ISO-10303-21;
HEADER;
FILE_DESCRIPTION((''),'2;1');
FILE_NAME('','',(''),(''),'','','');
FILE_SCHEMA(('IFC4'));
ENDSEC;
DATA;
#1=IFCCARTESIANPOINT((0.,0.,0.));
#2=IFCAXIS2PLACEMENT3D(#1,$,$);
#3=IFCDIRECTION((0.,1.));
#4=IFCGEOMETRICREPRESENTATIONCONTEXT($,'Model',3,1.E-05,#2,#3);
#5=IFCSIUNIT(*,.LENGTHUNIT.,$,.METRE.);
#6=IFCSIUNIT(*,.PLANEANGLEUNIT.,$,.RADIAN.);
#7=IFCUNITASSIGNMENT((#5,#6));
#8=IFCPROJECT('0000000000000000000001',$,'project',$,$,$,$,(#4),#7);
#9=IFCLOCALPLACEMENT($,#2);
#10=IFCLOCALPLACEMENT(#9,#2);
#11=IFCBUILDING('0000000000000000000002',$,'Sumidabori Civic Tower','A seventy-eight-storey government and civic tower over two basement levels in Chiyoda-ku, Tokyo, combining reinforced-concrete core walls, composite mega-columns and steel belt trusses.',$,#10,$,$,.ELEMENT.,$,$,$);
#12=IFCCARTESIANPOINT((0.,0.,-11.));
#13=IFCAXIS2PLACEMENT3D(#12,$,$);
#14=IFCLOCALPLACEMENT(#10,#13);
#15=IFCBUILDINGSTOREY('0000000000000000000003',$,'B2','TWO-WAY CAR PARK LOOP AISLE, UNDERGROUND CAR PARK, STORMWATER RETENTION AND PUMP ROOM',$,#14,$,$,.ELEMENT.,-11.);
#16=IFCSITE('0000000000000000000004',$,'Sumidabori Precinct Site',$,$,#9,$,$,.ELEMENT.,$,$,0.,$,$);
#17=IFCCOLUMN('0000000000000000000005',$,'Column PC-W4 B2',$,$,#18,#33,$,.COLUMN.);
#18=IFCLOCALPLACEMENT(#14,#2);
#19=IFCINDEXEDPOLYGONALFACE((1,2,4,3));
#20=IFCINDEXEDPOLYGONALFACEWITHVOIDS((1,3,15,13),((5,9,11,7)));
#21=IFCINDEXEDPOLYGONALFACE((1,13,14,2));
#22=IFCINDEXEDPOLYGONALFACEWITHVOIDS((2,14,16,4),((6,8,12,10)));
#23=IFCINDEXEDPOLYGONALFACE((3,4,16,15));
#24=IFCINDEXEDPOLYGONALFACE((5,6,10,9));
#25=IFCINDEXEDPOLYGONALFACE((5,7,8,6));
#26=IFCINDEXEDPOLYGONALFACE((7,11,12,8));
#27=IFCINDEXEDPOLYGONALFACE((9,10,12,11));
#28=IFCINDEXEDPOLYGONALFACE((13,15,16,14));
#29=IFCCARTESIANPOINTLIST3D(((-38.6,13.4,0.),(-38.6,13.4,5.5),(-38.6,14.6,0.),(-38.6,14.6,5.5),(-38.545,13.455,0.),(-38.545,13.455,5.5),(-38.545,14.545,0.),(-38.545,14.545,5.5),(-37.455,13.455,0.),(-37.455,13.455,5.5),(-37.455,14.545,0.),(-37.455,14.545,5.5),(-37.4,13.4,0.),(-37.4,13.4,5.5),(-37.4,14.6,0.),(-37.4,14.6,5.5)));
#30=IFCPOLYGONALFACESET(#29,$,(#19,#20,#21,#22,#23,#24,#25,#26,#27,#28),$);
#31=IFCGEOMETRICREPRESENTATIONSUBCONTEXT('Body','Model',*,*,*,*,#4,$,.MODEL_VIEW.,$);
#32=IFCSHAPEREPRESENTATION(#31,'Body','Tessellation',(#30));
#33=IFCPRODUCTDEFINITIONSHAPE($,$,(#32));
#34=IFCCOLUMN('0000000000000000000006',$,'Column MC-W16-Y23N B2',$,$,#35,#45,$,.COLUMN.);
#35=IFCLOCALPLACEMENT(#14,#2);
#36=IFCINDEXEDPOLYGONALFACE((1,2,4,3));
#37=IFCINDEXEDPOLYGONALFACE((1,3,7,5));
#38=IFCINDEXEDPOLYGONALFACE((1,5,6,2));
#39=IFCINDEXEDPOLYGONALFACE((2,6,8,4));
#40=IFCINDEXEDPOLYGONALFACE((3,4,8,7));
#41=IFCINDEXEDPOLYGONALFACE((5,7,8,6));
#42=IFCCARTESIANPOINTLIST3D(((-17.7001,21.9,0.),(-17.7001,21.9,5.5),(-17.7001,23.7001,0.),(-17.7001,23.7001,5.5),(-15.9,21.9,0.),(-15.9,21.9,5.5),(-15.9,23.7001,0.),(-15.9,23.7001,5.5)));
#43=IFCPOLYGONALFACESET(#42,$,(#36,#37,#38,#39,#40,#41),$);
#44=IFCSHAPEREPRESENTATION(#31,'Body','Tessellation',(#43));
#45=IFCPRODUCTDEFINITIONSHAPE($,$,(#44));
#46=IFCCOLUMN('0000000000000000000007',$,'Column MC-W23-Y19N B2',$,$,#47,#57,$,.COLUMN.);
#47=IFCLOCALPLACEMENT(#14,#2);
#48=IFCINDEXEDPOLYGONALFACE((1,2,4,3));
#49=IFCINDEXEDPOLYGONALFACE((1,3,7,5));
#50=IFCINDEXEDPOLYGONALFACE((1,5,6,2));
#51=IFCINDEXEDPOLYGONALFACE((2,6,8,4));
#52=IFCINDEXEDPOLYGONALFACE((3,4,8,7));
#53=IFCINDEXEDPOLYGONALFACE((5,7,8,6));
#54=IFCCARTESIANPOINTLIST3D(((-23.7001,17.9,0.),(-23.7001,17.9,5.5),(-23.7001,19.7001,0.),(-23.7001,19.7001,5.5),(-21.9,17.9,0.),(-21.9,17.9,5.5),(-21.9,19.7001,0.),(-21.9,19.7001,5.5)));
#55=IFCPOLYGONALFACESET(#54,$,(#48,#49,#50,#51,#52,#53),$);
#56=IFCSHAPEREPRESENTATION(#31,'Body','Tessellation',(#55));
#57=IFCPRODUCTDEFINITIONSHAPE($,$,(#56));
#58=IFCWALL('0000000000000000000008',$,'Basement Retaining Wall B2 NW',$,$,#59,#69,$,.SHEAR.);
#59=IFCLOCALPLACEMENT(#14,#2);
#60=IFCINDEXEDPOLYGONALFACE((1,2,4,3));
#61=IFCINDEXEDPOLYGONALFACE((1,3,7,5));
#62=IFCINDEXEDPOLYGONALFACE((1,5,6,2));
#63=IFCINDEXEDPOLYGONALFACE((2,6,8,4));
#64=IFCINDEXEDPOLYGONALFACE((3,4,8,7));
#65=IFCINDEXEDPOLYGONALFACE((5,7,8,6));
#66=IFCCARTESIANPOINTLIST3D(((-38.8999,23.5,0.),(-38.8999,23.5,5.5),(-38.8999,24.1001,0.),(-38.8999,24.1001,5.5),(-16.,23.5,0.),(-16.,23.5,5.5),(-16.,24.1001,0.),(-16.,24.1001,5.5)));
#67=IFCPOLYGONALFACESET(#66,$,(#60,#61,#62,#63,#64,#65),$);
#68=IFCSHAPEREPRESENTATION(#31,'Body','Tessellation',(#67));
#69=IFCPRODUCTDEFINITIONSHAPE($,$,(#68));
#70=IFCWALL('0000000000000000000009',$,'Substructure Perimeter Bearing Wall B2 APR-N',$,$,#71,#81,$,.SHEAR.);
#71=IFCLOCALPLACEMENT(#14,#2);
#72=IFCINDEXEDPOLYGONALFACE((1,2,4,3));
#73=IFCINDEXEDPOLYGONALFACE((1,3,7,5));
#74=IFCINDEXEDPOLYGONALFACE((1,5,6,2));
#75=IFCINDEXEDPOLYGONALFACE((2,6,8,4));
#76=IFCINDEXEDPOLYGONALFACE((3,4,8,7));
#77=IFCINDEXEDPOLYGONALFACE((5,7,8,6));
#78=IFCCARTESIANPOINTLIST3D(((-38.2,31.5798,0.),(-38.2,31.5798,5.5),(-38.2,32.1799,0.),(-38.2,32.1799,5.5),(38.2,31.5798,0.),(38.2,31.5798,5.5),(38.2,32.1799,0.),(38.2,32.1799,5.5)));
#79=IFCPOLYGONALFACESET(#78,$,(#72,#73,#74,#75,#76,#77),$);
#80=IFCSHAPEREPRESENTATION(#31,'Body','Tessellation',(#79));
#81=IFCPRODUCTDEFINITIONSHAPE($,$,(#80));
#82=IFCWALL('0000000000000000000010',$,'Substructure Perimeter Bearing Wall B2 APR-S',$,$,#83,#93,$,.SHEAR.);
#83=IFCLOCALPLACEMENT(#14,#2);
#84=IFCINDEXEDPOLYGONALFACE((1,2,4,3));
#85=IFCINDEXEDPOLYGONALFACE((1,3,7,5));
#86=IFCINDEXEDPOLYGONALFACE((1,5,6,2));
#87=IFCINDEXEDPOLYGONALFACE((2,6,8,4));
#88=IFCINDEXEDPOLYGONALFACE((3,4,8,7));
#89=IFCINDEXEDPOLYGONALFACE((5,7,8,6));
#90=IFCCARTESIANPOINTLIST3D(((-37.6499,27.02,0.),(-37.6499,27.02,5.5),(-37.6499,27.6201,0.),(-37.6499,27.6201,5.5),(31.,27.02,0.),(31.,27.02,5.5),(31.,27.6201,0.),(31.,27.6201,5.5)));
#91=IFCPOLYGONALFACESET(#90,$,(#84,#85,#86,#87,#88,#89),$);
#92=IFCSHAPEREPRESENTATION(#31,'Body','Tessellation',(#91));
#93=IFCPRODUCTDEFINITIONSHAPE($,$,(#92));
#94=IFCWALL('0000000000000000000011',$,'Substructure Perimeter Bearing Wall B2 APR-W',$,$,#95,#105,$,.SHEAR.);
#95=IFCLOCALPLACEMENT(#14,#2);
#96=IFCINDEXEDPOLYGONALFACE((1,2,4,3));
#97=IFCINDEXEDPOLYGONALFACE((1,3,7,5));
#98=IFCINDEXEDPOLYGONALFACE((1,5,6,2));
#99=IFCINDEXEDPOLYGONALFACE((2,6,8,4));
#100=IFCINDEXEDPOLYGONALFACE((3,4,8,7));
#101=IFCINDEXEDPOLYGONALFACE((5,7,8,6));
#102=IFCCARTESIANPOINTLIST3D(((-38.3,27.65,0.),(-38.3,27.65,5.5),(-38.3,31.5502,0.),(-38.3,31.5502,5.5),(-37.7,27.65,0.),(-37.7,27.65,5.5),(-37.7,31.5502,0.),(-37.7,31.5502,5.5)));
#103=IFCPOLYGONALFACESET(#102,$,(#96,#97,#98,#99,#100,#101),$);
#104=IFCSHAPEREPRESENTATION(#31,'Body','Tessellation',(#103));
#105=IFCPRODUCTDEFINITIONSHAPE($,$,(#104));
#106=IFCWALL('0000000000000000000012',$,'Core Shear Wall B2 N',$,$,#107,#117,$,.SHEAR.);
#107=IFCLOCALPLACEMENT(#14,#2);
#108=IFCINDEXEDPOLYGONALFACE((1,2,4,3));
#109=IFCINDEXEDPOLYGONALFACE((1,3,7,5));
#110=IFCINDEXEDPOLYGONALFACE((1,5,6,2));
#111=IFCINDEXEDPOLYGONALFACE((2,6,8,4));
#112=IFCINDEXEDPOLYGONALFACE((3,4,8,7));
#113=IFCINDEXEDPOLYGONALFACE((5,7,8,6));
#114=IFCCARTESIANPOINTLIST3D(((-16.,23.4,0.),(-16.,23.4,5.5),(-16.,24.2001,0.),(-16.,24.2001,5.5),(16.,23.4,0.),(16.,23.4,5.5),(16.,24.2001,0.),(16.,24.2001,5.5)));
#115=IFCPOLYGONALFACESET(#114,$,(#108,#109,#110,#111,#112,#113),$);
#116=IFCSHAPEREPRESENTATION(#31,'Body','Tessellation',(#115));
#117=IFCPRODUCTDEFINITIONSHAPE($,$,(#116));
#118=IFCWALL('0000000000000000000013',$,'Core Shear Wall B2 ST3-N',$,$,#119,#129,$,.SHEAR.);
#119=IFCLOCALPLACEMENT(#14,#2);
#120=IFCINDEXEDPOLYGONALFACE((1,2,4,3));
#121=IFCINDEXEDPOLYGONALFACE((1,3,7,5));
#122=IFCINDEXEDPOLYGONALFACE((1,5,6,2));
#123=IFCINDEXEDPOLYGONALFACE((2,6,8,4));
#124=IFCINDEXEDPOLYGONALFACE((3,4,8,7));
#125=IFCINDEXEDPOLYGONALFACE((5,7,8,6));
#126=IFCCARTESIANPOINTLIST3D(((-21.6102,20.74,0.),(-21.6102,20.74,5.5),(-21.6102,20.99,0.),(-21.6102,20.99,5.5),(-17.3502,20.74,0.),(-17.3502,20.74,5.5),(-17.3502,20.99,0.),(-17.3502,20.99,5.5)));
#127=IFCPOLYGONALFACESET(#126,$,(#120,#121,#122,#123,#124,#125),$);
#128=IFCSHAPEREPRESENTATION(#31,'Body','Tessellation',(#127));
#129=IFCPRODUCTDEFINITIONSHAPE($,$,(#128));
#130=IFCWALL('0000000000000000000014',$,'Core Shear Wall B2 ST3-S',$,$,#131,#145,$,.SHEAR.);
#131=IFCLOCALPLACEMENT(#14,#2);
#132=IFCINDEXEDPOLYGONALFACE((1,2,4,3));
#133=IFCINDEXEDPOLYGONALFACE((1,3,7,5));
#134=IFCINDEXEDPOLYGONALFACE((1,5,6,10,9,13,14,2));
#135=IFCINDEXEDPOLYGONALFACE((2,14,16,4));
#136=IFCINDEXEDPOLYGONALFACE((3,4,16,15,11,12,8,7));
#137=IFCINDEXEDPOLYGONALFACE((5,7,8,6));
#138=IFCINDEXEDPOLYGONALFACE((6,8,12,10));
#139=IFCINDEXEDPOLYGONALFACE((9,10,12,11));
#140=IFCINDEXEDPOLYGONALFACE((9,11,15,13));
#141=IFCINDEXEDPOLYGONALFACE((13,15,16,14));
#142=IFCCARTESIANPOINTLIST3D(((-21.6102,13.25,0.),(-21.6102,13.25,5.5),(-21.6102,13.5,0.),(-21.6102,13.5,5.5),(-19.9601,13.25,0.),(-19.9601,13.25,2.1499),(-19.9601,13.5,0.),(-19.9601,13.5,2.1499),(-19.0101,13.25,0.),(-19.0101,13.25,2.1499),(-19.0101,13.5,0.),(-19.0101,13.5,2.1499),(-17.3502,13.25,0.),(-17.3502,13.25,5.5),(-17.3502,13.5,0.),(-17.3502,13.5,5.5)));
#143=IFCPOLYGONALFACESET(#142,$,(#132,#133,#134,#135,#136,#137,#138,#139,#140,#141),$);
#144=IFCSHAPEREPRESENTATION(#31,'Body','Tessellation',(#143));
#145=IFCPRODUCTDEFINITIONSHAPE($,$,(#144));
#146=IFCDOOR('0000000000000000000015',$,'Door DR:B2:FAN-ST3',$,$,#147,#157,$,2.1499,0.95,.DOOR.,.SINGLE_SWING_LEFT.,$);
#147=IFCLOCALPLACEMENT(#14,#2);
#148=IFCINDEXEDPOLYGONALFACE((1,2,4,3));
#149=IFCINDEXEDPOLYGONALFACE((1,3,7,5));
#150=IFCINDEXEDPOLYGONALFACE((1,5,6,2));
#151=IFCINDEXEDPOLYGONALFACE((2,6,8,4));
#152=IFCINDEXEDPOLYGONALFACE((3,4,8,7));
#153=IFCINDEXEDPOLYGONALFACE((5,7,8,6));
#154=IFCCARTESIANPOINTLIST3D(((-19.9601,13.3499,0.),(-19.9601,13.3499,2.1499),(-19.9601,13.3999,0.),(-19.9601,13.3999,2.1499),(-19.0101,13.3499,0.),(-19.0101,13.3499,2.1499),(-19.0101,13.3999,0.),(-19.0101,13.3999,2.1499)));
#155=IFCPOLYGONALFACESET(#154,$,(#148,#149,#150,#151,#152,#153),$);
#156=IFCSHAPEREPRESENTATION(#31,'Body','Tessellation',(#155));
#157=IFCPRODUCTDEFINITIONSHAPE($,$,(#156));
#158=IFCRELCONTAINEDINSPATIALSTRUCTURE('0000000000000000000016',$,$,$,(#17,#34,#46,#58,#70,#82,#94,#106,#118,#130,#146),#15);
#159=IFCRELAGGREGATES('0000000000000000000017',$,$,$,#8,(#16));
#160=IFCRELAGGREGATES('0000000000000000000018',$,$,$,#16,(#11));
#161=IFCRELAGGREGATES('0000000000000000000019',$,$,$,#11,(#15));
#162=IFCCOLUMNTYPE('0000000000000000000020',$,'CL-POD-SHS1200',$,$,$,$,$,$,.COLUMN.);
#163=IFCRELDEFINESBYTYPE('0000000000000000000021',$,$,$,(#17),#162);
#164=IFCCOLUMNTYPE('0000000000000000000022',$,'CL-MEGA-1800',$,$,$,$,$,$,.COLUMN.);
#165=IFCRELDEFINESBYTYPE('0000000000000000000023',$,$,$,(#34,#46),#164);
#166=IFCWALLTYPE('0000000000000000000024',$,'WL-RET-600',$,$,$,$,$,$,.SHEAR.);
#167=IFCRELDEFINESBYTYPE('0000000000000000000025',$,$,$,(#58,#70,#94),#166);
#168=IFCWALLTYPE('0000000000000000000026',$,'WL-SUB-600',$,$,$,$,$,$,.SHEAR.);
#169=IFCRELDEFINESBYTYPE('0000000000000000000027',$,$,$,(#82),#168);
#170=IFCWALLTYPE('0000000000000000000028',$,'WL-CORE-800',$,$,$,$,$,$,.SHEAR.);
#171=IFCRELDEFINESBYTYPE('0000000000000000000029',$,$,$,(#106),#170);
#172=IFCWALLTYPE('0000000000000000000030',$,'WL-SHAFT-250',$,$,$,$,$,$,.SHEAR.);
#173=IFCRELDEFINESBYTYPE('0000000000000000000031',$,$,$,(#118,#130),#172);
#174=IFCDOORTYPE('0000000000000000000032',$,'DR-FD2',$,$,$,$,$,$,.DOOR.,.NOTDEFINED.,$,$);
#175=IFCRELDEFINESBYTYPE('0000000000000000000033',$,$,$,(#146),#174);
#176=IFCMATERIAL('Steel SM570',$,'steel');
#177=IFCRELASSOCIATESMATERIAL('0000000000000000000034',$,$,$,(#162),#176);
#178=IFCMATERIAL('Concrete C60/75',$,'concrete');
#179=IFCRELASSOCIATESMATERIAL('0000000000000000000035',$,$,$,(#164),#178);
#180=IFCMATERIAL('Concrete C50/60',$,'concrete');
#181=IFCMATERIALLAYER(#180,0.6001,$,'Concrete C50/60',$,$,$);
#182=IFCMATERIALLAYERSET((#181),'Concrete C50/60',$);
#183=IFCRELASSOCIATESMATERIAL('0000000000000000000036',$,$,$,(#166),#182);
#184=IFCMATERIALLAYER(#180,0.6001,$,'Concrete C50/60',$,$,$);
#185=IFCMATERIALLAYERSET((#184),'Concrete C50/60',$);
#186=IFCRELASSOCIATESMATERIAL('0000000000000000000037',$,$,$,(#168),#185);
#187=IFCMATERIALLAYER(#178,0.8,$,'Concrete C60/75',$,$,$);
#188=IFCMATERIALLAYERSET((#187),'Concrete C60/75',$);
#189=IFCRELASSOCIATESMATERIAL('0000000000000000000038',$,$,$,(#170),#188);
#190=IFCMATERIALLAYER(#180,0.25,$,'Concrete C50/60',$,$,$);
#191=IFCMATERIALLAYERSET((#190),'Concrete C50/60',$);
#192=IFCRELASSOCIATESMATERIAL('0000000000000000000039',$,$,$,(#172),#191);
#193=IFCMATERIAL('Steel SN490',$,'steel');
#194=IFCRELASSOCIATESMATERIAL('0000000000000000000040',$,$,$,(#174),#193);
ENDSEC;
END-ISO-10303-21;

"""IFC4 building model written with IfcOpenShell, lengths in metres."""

from ifc_helpers import new_model, si_unit, direction, frame, frame_2d, origin, origin_2d, place, context, subcontext, project, spatial, rectangle, hollow_rectangle, extrude, source, transform, mapped, material, layer, layer_set, material_profile, profile_set, type_object, element, fill, save


model = new_model("IFC4")

# Units and contexts
model_context = context("Model", 3, precision=1e-05, world=origin(), true_north=direction((0.0, 1.0)))
body_context = subcontext(model_context, "Body", "Model", "MODEL_VIEW")
ifc_project = project(units=[si_unit("LENGTHUNIT", "METRE"), si_unit("PLANEANGLEUNIT", "RADIAN")], contexts=[model_context])

# Site, building, storey
site_placement = place(None, origin())
site = spatial("IfcSite", under=ifc_project, at=site_placement, Name="Sumidabori Precinct Site", CompositionType="ELEMENT", RefElevation=0.0)
building_placement = place(site_placement, origin())
building = spatial("IfcBuilding", under=site, at=building_placement, Name="Sumidabori Civic Tower", Description="A seventy-eight-storey government and civic tower over two basement levels in Chiyoda-ku, Tokyo, combining reinforced-concrete core walls, composite mega-columns and steel belt trusses.", CompositionType="ELEMENT")
storey_placement = place(building_placement, frame((0.0, 0.0, -11.0)))
storey = spatial("IfcBuildingStorey", under=building, at=storey_placement, Name="B2", Description="TWO-WAY CAR PARK LOOP AISLE, UNDERGROUND CAR PARK, STORMWATER RETENTION AND PUMP ROOM", CompositionType="ELEMENT", Elevation=-11.0)

# Shared definitions
ifc_material_1 = material(Name="Concrete C50/60", Category="concrete")

# Columns
ifc_material_2 = material(Name="Steel SM570", Category="steel")
ifc_material_profile_1 = material_profile(ifc_material_2, hollow_rectangle(XDim=1.2, YDim=1.2, WallThickness=0.0549, at=origin_2d()), Name="SHS 1200x1200x55")
ifc_profile_set_1 = profile_set([ifc_material_profile_1], Name="Steel SM570")
column_type_1 = type_object("IfcColumnType", Name="CL-POD-SHS1200", PredefinedType="COLUMN", material=ifc_profile_set_1)
shared_shape_1 = source(origin(), body_context, "Body", "SweptSolid", [
    extrude(hollow_rectangle(XDim=1.2, YDim=1.2, WallThickness=0.0549, at=origin_2d()), origin(), (0.0, 0.0, 1.0), 5.5),
])
column_placement = place(storey_placement, frame((-38.0, 14.0, 0.0), z_axis=(0.0, 0.0, 1.0), x_axis=(1.0, 0.0, 0.0)))
element("IfcColumn", 1, at=column_placement, inside=storey, type_object=column_type_1, Name="Column PC-W4 B2", PredefinedType="COLUMN", context=body_context, shape_type="MappedRepresentation", body=[
    mapped(shared_shape_1, transform((0.0, 0.0, 0.0), x_axis=(1.0, 0.0, 0.0), y_axis=(0.0, 1.0, 0.0), z_axis=(0.0, 0.0, 1.0), scale=1.0)),
])
ifc_material_3 = material(Name="Concrete C60/75", Category="concrete")
ifc_material_profile_2 = material_profile(ifc_material_3, rectangle(XDim=1.8, YDim=1.8, at=origin_2d()), Name="RC 1800x1800")
ifc_profile_set_2 = profile_set([ifc_material_profile_2], Name="Concrete C60/75")
column_type_2 = type_object("IfcColumnType", Name="CL-MEGA-1800", PredefinedType="COLUMN", material=ifc_profile_set_2)
shared_shape_2 = source(origin(), body_context, "Body", "SweptSolid", [
    extrude(rectangle(XDim=1.8, YDim=1.8, at=origin_2d()), origin(), (0.0, 0.0, 1.0), 5.5),
])
for number, where, z_axis, x_axis, name in (
    (2, (-16.8, 22.8, 0.0), (0.0, 0.0, 1.0), (1.0, 0.0, 0.0), "Column MC-W16-Y23N B2"),
    (3, (-22.8, 18.8, 0.0), (0.0, 0.0, 1.0), (1.0, 0.0, 0.0), "Column MC-W23-Y19N B2"),
):
    element("IfcColumn", number, at=place(storey_placement, frame(where, z_axis=z_axis, x_axis=x_axis)), inside=storey, type_object=column_type_2, Name=name, PredefinedType="COLUMN", context=body_context, shape_type="MappedRepresentation", body=[
        mapped(shared_shape_2, transform((0.0, 0.0, 0.0), x_axis=(1.0, 0.0, 0.0), y_axis=(0.0, 1.0, 0.0), z_axis=(0.0, 0.0, 1.0), scale=1.0)),
    ])

# Walls
ifc_layer_1 = layer(ifc_material_1, 0.6001, Name="Concrete C50/60")
ifc_layer_set_1 = layer_set([ifc_layer_1], Name="Concrete C50/60")
wall_type_1 = type_object("IfcWallType", Name="WL-RET-600", PredefinedType="SHEAR", material=ifc_layer_set_1)
shared_shape_3 = source(origin(), body_context, "Body", "SweptSolid", [
    extrude(rectangle(XDim=22.8999, YDim=0.6001, at=frame_2d((11.45, 0.0))), origin(), (0.0, 0.0, 1.0), 5.5),
])
wall_1_placement = place(storey_placement, frame((-38.8999, 23.8, 0.0), z_axis=(0.0, 0.0, 1.0), x_axis=(1.0, 0.0, 0.0)))
element("IfcWall", 4, at=wall_1_placement, inside=storey, type_object=wall_type_1, Name="Basement Retaining Wall B2 NW", PredefinedType="SHEAR", context=body_context, shape_type="MappedRepresentation", body=[
    mapped(shared_shape_3, transform((0.0, 0.0, 0.0), x_axis=(1.0, 0.0, 0.0), y_axis=(0.0, 1.0, 0.0), z_axis=(0.0, 0.0, 1.0), scale=1.0)),
])
shared_shape_4 = source(origin(), body_context, "Body", "SweptSolid", [
    extrude(rectangle(XDim=76.3999, YDim=0.6001, at=frame_2d((38.2, 0.0))), origin(), (0.0, 0.0, 1.0), 5.5),
])
wall_2_placement = place(storey_placement, frame((-38.2, 31.8799, 0.0), z_axis=(0.0, 0.0, 1.0), x_axis=(1.0, 0.0, 0.0)))
element("IfcWall", 5, at=wall_2_placement, inside=storey, type_object=wall_type_1, Name="Substructure Perimeter Bearing Wall B2 APR-N", PredefinedType="SHEAR", context=body_context, shape_type="MappedRepresentation", body=[
    mapped(shared_shape_4, transform((0.0, 0.0, 0.0), x_axis=(1.0, 0.0, 0.0), y_axis=(0.0, 1.0, 0.0), z_axis=(0.0, 0.0, 1.0), scale=1.0)),
])
ifc_layer_2 = layer(ifc_material_1, 0.6001, Name="Concrete C50/60")
ifc_layer_set_2 = layer_set([ifc_layer_2], Name="Concrete C50/60")
wall_type_2 = type_object("IfcWallType", Name="WL-SUB-600", PredefinedType="SHEAR", material=ifc_layer_set_2)
shared_shape_5 = source(origin(), body_context, "Body", "SweptSolid", [
    extrude(rectangle(XDim=68.6499, YDim=0.6001, at=frame_2d((34.325, 0.0))), origin(), (0.0, 0.0, 1.0), 5.5),
])
wall_3_placement = place(storey_placement, frame((-37.6499, 27.3201, 0.0), z_axis=(0.0, 0.0, 1.0), x_axis=(1.0, 0.0, 0.0)))
element("IfcWall", 6, at=wall_3_placement, inside=storey, type_object=wall_type_2, Name="Substructure Perimeter Bearing Wall B2 APR-S", PredefinedType="SHEAR", context=body_context, shape_type="MappedRepresentation", body=[
    mapped(shared_shape_5, transform((0.0, 0.0, 0.0), x_axis=(1.0, 0.0, 0.0), y_axis=(0.0, 1.0, 0.0), z_axis=(0.0, 0.0, 1.0), scale=1.0)),
])
shared_shape_6 = source(origin(), body_context, "Body", "SweptSolid", [
    extrude(rectangle(XDim=3.9001, YDim=0.6001, at=frame_2d((1.9502, 0.0))), origin(), (0.0, 0.0, 1.0), 5.5),
])
wall_4_placement = place(storey_placement, frame((-38.0, 27.6499, 0.0), z_axis=(0.0, 0.0, 1.0), x_axis=(0.0, 1.0, 0.0)))
element("IfcWall", 7, at=wall_4_placement, inside=storey, type_object=wall_type_1, Name="Substructure Perimeter Bearing Wall B2 APR-W", PredefinedType="SHEAR", context=body_context, shape_type="MappedRepresentation", body=[
    mapped(shared_shape_6, transform((0.0, 0.0, 0.0), x_axis=(1.0, 0.0, 0.0), y_axis=(0.0, 1.0, 0.0), z_axis=(0.0, 0.0, 1.0), scale=1.0)),
])
ifc_layer_3 = layer(ifc_material_3, 0.8, Name="Concrete C60/75")
ifc_layer_set_3 = layer_set([ifc_layer_3], Name="Concrete C60/75")
wall_type_3 = type_object("IfcWallType", Name="WL-CORE-800", PredefinedType="SHEAR", material=ifc_layer_set_3)
shared_shape_7 = source(origin(), body_context, "Body", "SweptSolid", [
    extrude(rectangle(XDim=32.0, YDim=0.8, at=frame_2d((16.0, 0.0))), origin(), (0.0, 0.0, 1.0), 5.5),
])
wall_5_placement = place(storey_placement, frame((-16.0, 23.8, 0.0), z_axis=(0.0, 0.0, 1.0), x_axis=(1.0, 0.0, 0.0)))
element("IfcWall", 8, at=wall_5_placement, inside=storey, type_object=wall_type_3, Name="Core Shear Wall B2 N", PredefinedType="SHEAR", context=body_context, shape_type="MappedRepresentation", body=[
    mapped(shared_shape_7, transform((0.0, 0.0, 0.0), x_axis=(1.0, 0.0, 0.0), y_axis=(0.0, 1.0, 0.0), z_axis=(0.0, 0.0, 1.0), scale=1.0)),
])
ifc_layer_4 = layer(ifc_material_1, 0.25, Name="Concrete C50/60")
ifc_layer_set_4 = layer_set([ifc_layer_4], Name="Concrete C50/60")
wall_type_4 = type_object("IfcWallType", Name="WL-SHAFT-250", PredefinedType="SHEAR", material=ifc_layer_set_4)
shared_shape_8 = source(origin(), body_context, "Body", "SweptSolid", [
    extrude(rectangle(XDim=4.26, YDim=0.25, at=frame_2d((2.1299, 0.0))), origin(), (0.0, 0.0, 1.0), 5.5),
])
wall_6_placement = place(storey_placement, frame((-21.6101, 20.865, 0.0), z_axis=(0.0, 0.0, 1.0), x_axis=(1.0, 0.0, 0.0)))
element("IfcWall", 9, at=wall_6_placement, inside=storey, type_object=wall_type_4, Name="Core Shear Wall B2 ST3-N", PredefinedType="SHEAR", context=body_context, shape_type="MappedRepresentation", body=[
    mapped(shared_shape_8, transform((0.0, 0.0, 0.0), x_axis=(1.0, 0.0, 0.0), y_axis=(0.0, 1.0, 0.0), z_axis=(0.0, 0.0, 1.0), scale=1.0)),
])

# Wall, opening, door
wall_7_placement = place(storey_placement, frame((-21.6101, 13.375, 0.0), z_axis=(0.0, 0.0, 1.0), x_axis=(1.0, 0.0, 0.0)))
wall_7 = element("IfcWall", 10, at=wall_7_placement, inside=storey, type_object=wall_type_4, Name="Core Shear Wall B2 ST3-S", PredefinedType="SHEAR", context=body_context, shape_type="MappedRepresentation", body=[
    mapped(shared_shape_8, transform((0.0, 0.0, 0.0), x_axis=(1.0, 0.0, 0.0), y_axis=(0.0, 1.0, 0.0), z_axis=(0.0, 0.0, 1.0), scale=1.0)),
])
opening_placement = place(wall_7_placement, frame((1.6499, 0.0, 0.0)))
opening = element("IfcOpeningElement", 11, at=opening_placement, cuts=wall_7, PredefinedType="OPENING", context=body_context, shape_type="SweptSolid", body=[
    extrude(rectangle(XDim=0.95, YDim=2.1499, at=frame_2d((0.4751, 1.075))), frame((0.0, 0.137, 0.0), z_axis=(0.0, -1.0, 0.0), x_axis=(1.0, 0.0, 0.0)), (0.0, 0.0, 1.0), 0.2739),
])
ifc_material_4 = material(Name="Steel SN490", Category="steel")
door_type = type_object("IfcDoorType", Name="DR-FD2", OperationType="NOTDEFINED", PredefinedType="DOOR", material=ifc_material_4)
shared_shape_9 = source(origin(), body_context, "Body", "SweptSolid", [
    extrude(rectangle(XDim=0.95, YDim=2.1499, at=frame_2d((0.4751, 1.075))), frame((0.0, 0.0249, 0.0), z_axis=(0.0, -1.0, 0.0), x_axis=(1.0, 0.0, 0.0)), (0.0, 0.0, 1.0), 0.05),
])
door_placement = place(opening_placement, origin())
door = element("IfcDoor", 12, at=door_placement, inside=storey, type_object=door_type, Name="Door DR:B2:FAN-ST3", OperationType="SINGLE_SWING_LEFT", OverallHeight=2.1499, OverallWidth=0.95, PredefinedType="DOOR", context=body_context, shape_type="MappedRepresentation", body=[
    mapped(shared_shape_9, transform((0.0, 0.0, 0.0), x_axis=(1.0, 0.0, 0.0), y_axis=(0.0, 1.0, 0.0), z_axis=(0.0, 0.0, 1.0), scale=1.0)),
])
fill(opening, door)

save(model, "model.ifc")
